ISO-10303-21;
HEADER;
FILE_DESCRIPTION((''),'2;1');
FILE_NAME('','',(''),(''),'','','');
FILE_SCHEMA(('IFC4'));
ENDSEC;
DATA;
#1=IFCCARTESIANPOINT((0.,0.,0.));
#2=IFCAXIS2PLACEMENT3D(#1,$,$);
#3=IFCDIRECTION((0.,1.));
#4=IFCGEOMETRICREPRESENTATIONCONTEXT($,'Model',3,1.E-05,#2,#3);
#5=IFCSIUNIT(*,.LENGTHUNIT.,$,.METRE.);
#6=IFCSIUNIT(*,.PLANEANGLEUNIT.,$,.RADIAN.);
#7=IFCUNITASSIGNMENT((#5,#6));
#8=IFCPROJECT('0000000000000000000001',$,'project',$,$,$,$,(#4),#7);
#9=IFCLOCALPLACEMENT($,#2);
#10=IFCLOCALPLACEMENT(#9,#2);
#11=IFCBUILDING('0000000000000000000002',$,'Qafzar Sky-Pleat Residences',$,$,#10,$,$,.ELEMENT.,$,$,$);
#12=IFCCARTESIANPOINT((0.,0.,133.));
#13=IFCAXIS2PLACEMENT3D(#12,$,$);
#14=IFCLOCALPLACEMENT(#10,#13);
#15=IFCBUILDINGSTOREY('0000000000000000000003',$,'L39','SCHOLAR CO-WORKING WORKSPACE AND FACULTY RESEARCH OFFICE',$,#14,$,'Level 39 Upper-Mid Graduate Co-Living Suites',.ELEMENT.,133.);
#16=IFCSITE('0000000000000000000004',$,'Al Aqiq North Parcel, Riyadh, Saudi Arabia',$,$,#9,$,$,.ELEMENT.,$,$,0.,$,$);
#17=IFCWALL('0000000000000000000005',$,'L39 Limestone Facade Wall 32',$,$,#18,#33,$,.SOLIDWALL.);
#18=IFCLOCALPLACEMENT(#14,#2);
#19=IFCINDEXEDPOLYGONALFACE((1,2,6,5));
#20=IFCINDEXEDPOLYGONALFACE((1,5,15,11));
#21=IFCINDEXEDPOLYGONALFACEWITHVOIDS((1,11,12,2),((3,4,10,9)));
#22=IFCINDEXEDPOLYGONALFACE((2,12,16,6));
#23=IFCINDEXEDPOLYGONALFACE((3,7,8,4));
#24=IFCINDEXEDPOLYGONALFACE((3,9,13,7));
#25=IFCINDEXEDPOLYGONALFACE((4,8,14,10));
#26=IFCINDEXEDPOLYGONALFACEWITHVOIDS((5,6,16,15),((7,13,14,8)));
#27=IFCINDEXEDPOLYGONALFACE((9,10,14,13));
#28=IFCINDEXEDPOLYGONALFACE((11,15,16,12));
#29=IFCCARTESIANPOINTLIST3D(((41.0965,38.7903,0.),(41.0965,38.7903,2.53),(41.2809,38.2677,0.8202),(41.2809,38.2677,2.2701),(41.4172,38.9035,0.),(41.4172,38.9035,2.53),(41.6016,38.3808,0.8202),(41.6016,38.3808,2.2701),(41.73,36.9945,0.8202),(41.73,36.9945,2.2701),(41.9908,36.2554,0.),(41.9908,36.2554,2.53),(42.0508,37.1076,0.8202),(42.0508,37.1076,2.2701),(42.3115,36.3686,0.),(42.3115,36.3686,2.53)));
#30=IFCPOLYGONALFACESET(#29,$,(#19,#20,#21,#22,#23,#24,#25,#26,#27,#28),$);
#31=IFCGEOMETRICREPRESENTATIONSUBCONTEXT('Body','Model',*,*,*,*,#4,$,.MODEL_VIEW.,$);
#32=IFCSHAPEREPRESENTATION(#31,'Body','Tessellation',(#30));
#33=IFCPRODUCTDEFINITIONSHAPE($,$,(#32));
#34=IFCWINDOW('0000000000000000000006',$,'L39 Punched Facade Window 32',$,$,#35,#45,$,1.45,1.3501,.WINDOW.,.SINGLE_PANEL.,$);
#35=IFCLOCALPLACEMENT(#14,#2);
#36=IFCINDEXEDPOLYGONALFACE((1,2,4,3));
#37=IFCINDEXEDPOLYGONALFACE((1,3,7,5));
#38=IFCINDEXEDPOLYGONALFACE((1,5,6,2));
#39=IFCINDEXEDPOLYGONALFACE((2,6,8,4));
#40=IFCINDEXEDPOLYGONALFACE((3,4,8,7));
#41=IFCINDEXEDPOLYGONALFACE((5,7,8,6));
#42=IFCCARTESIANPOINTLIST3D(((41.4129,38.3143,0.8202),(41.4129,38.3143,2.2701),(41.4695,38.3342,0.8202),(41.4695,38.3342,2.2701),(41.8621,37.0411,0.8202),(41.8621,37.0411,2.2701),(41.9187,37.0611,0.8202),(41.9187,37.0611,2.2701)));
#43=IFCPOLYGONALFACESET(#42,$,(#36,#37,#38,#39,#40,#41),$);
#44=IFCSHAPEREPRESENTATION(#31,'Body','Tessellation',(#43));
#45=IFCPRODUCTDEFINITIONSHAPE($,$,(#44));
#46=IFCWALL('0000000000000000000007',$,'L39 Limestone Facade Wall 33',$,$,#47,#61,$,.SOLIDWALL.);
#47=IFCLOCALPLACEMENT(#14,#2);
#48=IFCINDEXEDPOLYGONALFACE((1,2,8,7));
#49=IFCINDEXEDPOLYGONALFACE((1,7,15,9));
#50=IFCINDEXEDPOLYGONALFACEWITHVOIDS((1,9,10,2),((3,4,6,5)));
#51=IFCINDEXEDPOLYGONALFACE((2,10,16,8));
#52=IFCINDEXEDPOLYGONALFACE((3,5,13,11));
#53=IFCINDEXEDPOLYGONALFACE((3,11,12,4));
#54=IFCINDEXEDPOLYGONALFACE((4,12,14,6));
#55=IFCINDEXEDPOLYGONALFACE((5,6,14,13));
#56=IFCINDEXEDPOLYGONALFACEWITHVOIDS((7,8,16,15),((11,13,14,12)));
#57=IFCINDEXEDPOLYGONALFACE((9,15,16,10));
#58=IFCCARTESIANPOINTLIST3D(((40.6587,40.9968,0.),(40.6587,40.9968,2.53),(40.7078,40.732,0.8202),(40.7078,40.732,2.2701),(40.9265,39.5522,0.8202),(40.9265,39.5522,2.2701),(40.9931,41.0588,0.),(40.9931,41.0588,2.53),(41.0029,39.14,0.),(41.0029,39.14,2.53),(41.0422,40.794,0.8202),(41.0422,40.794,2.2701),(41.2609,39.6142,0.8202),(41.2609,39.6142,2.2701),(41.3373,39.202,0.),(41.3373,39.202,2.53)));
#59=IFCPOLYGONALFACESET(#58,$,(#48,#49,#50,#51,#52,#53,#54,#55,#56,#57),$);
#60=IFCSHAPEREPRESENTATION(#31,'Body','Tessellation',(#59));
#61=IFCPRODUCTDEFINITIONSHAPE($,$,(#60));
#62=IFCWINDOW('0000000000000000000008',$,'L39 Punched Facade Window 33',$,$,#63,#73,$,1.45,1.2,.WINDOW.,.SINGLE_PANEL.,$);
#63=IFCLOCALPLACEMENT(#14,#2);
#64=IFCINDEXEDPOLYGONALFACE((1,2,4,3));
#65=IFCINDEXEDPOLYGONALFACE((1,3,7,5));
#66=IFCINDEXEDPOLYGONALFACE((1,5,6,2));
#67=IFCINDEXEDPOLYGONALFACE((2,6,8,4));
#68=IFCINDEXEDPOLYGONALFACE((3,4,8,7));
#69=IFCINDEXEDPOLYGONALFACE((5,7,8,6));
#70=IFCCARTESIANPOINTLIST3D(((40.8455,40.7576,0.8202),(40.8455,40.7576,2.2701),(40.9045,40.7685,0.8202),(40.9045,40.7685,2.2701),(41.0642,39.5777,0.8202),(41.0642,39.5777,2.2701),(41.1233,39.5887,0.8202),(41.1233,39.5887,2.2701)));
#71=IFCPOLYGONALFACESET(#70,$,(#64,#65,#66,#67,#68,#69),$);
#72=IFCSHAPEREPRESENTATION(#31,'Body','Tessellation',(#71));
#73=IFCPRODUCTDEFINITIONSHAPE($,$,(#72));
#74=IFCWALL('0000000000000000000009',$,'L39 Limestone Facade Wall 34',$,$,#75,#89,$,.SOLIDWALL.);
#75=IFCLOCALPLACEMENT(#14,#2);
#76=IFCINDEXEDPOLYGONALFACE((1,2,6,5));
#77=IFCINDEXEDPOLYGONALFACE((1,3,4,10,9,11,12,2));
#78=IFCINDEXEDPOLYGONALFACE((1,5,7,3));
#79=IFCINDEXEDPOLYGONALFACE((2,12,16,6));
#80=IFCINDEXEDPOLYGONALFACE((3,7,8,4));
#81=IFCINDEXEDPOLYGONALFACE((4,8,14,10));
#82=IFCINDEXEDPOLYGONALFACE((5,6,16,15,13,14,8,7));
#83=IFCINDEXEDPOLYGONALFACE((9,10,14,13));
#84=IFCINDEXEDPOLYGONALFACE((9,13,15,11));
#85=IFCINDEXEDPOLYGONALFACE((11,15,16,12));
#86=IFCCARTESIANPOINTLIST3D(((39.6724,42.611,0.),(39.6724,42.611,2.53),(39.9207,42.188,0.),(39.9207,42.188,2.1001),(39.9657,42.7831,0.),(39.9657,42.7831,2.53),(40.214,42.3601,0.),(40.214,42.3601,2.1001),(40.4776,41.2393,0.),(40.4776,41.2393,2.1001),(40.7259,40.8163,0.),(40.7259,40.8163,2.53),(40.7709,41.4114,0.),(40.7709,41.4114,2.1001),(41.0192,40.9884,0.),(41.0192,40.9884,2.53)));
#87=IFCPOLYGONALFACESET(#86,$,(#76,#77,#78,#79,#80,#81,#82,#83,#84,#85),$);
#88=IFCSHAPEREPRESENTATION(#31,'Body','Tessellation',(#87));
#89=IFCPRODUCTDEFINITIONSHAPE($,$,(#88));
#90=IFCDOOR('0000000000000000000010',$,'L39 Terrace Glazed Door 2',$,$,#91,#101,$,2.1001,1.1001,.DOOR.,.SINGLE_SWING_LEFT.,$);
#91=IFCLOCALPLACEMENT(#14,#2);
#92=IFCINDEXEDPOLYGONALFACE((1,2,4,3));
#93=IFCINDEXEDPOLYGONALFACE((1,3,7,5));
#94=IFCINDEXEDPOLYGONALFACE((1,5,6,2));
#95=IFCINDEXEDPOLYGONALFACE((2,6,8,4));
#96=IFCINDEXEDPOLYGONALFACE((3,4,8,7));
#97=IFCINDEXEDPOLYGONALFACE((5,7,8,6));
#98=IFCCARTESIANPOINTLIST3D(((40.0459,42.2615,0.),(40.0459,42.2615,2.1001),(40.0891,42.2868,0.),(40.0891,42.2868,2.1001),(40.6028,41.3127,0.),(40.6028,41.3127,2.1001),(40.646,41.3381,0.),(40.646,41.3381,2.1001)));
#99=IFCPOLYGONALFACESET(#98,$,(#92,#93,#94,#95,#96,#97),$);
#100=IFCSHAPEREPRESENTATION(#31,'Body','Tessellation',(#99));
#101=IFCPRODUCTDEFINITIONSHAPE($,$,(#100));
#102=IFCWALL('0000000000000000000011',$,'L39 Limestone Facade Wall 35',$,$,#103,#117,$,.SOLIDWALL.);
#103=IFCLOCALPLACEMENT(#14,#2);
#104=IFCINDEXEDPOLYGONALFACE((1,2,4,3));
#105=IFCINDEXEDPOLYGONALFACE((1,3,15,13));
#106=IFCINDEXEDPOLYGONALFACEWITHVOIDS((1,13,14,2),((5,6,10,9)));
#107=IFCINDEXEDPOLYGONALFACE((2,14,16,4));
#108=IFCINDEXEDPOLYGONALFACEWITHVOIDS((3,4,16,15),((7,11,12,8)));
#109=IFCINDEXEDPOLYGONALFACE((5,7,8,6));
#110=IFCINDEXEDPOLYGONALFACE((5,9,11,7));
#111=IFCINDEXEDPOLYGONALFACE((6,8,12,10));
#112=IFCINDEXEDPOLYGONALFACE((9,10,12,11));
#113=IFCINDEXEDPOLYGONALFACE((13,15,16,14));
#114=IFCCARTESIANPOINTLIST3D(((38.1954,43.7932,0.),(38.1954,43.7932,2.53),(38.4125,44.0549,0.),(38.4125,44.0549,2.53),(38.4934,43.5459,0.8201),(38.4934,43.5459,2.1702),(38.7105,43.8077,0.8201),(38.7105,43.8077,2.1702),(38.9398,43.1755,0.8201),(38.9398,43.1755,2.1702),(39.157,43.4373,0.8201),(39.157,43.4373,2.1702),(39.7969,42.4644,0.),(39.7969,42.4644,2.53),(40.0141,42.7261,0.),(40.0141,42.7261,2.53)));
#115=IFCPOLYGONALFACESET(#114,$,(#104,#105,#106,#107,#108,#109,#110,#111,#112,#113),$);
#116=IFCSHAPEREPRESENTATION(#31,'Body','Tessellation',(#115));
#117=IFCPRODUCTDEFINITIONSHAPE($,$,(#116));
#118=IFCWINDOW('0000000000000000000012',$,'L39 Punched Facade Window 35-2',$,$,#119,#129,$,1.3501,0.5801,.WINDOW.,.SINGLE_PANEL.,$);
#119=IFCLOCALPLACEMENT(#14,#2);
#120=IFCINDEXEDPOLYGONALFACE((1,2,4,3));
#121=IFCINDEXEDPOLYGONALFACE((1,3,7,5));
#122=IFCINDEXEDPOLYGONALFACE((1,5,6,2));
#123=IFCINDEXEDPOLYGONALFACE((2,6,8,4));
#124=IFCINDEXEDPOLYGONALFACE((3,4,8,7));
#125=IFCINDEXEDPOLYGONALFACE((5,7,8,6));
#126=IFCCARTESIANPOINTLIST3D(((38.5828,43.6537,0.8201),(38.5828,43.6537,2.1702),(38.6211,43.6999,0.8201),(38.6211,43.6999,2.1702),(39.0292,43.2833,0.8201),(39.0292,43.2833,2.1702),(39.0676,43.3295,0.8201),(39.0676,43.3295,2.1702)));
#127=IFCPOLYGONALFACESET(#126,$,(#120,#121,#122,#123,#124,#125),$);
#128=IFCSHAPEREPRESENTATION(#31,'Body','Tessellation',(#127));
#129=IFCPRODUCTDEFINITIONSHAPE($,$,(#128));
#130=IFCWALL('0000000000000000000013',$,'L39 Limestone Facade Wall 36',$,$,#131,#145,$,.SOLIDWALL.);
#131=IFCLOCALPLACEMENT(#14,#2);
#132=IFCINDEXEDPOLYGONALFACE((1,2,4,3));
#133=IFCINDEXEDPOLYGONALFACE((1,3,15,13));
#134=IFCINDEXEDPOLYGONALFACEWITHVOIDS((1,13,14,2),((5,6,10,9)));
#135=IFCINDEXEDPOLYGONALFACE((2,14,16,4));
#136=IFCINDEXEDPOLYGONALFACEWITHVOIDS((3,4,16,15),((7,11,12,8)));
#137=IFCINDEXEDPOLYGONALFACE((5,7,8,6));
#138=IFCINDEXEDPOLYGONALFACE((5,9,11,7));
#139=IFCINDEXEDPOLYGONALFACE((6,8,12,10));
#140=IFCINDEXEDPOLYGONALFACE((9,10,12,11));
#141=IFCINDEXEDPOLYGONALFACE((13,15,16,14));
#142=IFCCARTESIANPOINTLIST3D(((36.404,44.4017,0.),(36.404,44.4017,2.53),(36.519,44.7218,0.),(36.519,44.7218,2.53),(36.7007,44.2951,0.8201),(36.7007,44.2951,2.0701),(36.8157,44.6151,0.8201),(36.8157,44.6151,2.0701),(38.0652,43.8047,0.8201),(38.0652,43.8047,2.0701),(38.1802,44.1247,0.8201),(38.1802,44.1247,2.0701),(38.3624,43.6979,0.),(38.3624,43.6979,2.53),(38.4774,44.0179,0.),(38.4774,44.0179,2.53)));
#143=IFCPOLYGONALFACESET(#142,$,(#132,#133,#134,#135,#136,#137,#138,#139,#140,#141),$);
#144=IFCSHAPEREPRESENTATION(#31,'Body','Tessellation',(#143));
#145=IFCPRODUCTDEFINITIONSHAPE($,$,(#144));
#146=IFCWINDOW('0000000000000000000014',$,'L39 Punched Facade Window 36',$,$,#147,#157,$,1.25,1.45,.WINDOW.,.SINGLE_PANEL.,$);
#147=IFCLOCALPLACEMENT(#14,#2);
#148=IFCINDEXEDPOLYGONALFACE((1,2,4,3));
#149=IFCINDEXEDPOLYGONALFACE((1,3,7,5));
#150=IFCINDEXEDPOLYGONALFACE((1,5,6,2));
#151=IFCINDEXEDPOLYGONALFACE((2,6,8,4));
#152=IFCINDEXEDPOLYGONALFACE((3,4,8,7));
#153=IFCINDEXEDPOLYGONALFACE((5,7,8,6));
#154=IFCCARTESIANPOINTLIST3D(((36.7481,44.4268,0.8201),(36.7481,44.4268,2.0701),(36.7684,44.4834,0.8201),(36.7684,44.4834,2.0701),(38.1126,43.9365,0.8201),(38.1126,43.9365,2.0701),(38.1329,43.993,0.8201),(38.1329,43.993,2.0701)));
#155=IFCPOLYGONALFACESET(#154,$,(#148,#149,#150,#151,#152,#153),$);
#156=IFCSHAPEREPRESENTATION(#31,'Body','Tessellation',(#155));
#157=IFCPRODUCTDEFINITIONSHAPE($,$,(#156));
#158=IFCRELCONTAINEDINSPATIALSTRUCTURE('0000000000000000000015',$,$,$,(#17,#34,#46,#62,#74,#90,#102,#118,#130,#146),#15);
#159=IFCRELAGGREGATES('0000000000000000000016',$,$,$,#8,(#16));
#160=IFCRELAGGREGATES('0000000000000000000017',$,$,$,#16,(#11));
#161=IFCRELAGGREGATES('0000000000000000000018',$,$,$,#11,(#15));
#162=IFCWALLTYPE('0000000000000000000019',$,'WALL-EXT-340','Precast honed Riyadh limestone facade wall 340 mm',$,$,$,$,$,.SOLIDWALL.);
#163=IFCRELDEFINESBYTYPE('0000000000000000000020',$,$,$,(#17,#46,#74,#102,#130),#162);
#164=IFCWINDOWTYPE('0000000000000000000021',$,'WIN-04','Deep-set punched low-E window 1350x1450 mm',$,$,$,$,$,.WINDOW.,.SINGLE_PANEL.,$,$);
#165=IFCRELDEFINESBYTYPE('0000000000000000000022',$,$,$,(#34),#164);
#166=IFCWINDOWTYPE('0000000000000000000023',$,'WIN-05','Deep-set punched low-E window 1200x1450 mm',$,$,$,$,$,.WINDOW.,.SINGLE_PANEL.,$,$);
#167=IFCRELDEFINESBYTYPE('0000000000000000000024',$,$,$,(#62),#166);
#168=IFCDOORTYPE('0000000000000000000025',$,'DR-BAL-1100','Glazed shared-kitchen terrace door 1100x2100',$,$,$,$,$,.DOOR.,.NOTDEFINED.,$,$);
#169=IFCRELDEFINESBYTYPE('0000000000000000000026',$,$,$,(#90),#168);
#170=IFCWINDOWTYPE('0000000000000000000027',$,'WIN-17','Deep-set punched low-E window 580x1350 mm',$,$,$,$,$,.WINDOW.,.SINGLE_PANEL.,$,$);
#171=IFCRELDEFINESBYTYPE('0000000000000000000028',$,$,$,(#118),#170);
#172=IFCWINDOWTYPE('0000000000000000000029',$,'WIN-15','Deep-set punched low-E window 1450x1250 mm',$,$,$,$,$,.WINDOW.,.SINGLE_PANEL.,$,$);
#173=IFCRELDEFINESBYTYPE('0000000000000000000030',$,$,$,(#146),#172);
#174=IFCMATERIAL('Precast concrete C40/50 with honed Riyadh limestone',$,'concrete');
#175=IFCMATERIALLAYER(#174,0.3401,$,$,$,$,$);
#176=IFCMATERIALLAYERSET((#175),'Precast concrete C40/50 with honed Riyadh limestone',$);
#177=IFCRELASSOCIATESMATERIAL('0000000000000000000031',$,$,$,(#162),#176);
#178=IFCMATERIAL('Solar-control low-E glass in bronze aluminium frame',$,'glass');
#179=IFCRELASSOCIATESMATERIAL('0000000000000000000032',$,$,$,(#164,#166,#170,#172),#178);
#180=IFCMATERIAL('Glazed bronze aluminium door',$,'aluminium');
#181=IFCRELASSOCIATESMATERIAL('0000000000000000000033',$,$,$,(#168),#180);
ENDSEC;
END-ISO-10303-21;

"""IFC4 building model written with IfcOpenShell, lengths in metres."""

from ifc_helpers import new_model, si_unit, direction, frame, frame_2d, origin, place, context, subcontext, project, spatial, rectangle, extrude, source, transform, mapped, material, layer, layer_set, type_object, element, fill, save


model = new_model("IFC4")

# Units and contexts
model_context = context("Model", 3, precision=1e-05, world=origin(), true_north=direction((0.0, 1.0)))
body_context = subcontext(model_context, "Body", "Model", "MODEL_VIEW")
ifc_project = project(units=[si_unit("LENGTHUNIT", "METRE"), si_unit("PLANEANGLEUNIT", "RADIAN")], contexts=[model_context])

# Site, building, storey
site_placement = place(None, origin())
site = spatial("IfcSite", under=ifc_project, at=site_placement, Name="Al Aqiq North Parcel, Riyadh, Saudi Arabia", CompositionType="ELEMENT", RefElevation=0.0)
building_placement = place(site_placement, origin())
building = spatial("IfcBuilding", under=site, at=building_placement, Name="Qafzar Sky-Pleat Residences", CompositionType="ELEMENT")
storey_placement = place(building_placement, frame((0.0, 0.0, 133.0)))
storey = spatial("IfcBuildingStorey", under=building, at=storey_placement, Name="L39", Description="SCHOLAR CO-WORKING WORKSPACE AND FACULTY RESEARCH OFFICE", LongName="Level 39 Upper-Mid Graduate Co-Living Suites", CompositionType="ELEMENT", Elevation=133.0)

# Walls, openings, windows
ifc_material_1 = material(Name="Precast concrete C40/50 with honed Riyadh limestone", Category="concrete")
ifc_layer_1 = layer(ifc_material_1, 0.3401)
ifc_layer_set_1 = layer_set([ifc_layer_1], Name="Precast concrete C40/50 with honed Riyadh limestone")
wall_type_1 = type_object("IfcWallType", Name="WALL-EXT-340", Description="Precast honed Riyadh limestone facade wall 340 mm", PredefinedType="SOLIDWALL", material=ifc_layer_set_1)
wall_1_placement = place(storey_placement, frame((42.1511, 36.312, 0.0), z_axis=(0.0, 0.0, 1.0), x_axis=(-0.332692, 0.943036, 0.0)))
wall_1 = element("IfcWall", 1, at=wall_1_placement, inside=storey, type_object=wall_type_1, Name="L39 Limestone Facade Wall 32", PredefinedType="SOLIDWALL", context=body_context, shape_type="SweptSolid", body=[
    extrude(rectangle(XDim=2.688, YDim=0.3401, at=frame_2d((1.344, 0.0))), origin(), (0.0, 0.0, 1.0), 2.53),
])
opening_1_placement = place(wall_1_placement, frame((0.7837, 0.0, 0.8201)))
opening_1 = element("IfcOpeningElement", 2, at=opening_1_placement, cuts=wall_1, PredefinedType="OPENING", context=body_context, shape_type="SweptSolid", body=[
    extrude(rectangle(XDim=1.3501, YDim=1.45, at=frame_2d((0.675, 0.7251))), frame((0.0, 0.1802, 0.0), z_axis=(0.0, -1.0, 0.0), x_axis=(1.0, 0.0, 0.0)), (0.0, 0.0, 1.0), 0.3601),
])
ifc_material_2 = material(Name="Solar-control low-E glass in bronze aluminium frame", Category="glass")
window_type_1 = type_object("IfcWindowType", Name="WIN-04", Description="Deep-set punched low-E window 1350x1450 mm", PartitioningType="SINGLE_PANEL", PredefinedType="WINDOW", material=ifc_material_2)
shared_shape_1 = source(origin(), body_context, "Body", "SweptSolid", [
    extrude(rectangle(XDim=1.3501, YDim=1.45, at=frame_2d((0.675, 0.7251))), frame((0.0, 0.03, 0.0), z_axis=(0.0, -1.0, 0.0), x_axis=(1.0, 0.0, 0.0)), (0.0, 0.0, 1.0), 0.0601),
])
window_1_placement = place(opening_1_placement, origin())
window_1 = element("IfcWindow", 3, at=window_1_placement, inside=storey, type_object=window_type_1, Name="L39 Punched Facade Window 32", OverallHeight=1.45, OverallWidth=1.3501, PartitioningType="SINGLE_PANEL", PredefinedType="WINDOW", context=body_context, shape_type="MappedRepresentation", body=[
    mapped(shared_shape_1, transform((0.0, 0.0, 0.0), x_axis=(1.0, 0.0, 0.0), y_axis=(0.0, 1.0, 0.0), z_axis=(0.0, 0.0, 1.0), scale=1.0)),
])
fill(opening_1, window_1)
wall_2_placement = place(storey_placement, frame((41.1702, 39.1709, 0.0), z_axis=(0.0, 0.0, 1.0), x_axis=(-0.182298, 0.983243, 0.0)))
wall_2 = element("IfcWall", 4, at=wall_2_placement, inside=storey, type_object=wall_type_1, Name="L39 Limestone Facade Wall 33", PredefinedType="SOLIDWALL", context=body_context, shape_type="SweptSolid", body=[
    extrude(rectangle(XDim=1.8884, YDim=0.3401, at=frame_2d((0.9443, 0.0))), origin(), (0.0, 0.0, 1.0), 2.53),
])
opening_2_placement = place(wall_2_placement, frame((0.4192, 0.0, 0.8201)))
opening_2 = element("IfcOpeningElement", 5, at=opening_2_placement, cuts=wall_2, PredefinedType="OPENING", context=body_context, shape_type="SweptSolid", body=[
    extrude(rectangle(XDim=1.2, YDim=1.45, at=frame_2d((0.6001, 0.7251))), frame((0.0, 0.1802, 0.0), z_axis=(0.0, -1.0, 0.0), x_axis=(1.0, 0.0, 0.0)), (0.0, 0.0, 1.0), 0.3601),
])
window_type_2 = type_object("IfcWindowType", Name="WIN-05", Description="Deep-set punched low-E window 1200x1450 mm", PartitioningType="SINGLE_PANEL", PredefinedType="WINDOW", material=ifc_material_2)
shared_shape_2 = source(origin(), body_context, "Body", "SweptSolid", [
    extrude(rectangle(XDim=1.2, YDim=1.45, at=frame_2d((0.6001, 0.7251))), frame((0.0, 0.03, 0.0), z_axis=(0.0, -1.0, 0.0), x_axis=(1.0, 0.0, 0.0)), (0.0, 0.0, 1.0), 0.0601),
])
window_2_placement = place(opening_2_placement, origin())
window_2 = element("IfcWindow", 6, at=window_2_placement, inside=storey, type_object=window_type_2, Name="L39 Punched Facade Window 33", OverallHeight=1.45, OverallWidth=1.2, PartitioningType="SINGLE_PANEL", PredefinedType="WINDOW", context=body_context, shape_type="MappedRepresentation", body=[
    mapped(shared_shape_2, transform((0.0, 0.0, 0.0), x_axis=(1.0, 0.0, 0.0), y_axis=(0.0, 1.0, 0.0), z_axis=(0.0, 0.0, 1.0), scale=1.0)),
])
fill(opening_2, window_2)

# Wall, opening, door
wall_3_placement = place(storey_placement, frame((40.8726, 40.9023, 0.0), z_axis=(0.0, 0.0, 1.0), x_axis=(-0.506225, 0.862401, 0.0)))
wall_3 = element("IfcWall", 7, at=wall_3_placement, inside=storey, type_object=wall_type_1, Name="L39 Limestone Facade Wall 34", PredefinedType="SOLIDWALL", context=body_context, shape_type="SweptSolid", body=[
    extrude(rectangle(XDim=2.0811, YDim=0.3401, at=frame_2d((1.0405, 0.0))), origin(), (0.0, 0.0, 1.0), 2.53),
])
opening_3_placement = place(wall_3_placement, frame((0.4905, 0.0, 0.0)))
opening_3 = element("IfcOpeningElement", 8, at=opening_3_placement, cuts=wall_3, PredefinedType="OPENING", context=body_context, shape_type="SweptSolid", body=[
    extrude(rectangle(XDim=1.1001, YDim=2.1001, at=frame_2d((0.55, 1.05))), frame((0.0, 0.1802, 0.0), z_axis=(0.0, -1.0, 0.0), x_axis=(1.0, 0.0, 0.0)), (0.0, 0.0, 1.0), 0.3601),
])
ifc_material_3 = material(Name="Glazed bronze aluminium door", Category="aluminium")
door_type = type_object("IfcDoorType", Name="DR-BAL-1100", Description="Glazed shared-kitchen terrace door 1100x2100", OperationType="NOTDEFINED", PredefinedType="DOOR", material=ifc_material_3)
shared_shape_3 = source(origin(), body_context, "Body", "SweptSolid", [
    extrude(rectangle(XDim=1.1001, YDim=2.1001, at=frame_2d((0.55, 1.05))), frame((0.0, 0.0249, 0.0), z_axis=(0.0, -1.0, 0.0), x_axis=(1.0, 0.0, 0.0)), (0.0, 0.0, 1.0), 0.05),
])
door_placement = place(opening_3_placement, origin())
door = element("IfcDoor", 9, at=door_placement, inside=storey, type_object=door_type, Name="L39 Terrace Glazed Door 2", OperationType="SINGLE_SWING_LEFT", OverallHeight=2.1001, OverallWidth=1.1001, PredefinedType="DOOR", context=body_context, shape_type="MappedRepresentation", body=[
    mapped(shared_shape_3, transform((0.0, 0.0, 0.0), x_axis=(1.0, 0.0, 0.0), y_axis=(0.0, 1.0, 0.0), z_axis=(0.0, 0.0, 1.0), scale=1.0)),
])
fill(opening_3, door)

# Walls, openings, windows
wall_4_placement = place(storey_placement, frame((39.9055, 42.5952, 0.0), z_axis=(0.0, 0.0, 1.0), x_axis=(-0.769585, 0.638544, 0.0)))
wall_4 = element("IfcWall", 10, at=wall_4_placement, inside=storey, type_object=wall_type_1, Name="L39 Limestone Facade Wall 35", PredefinedType="SOLIDWALL", context=body_context, shape_type="SweptSolid", body=[
    extrude(rectangle(XDim=2.0811, YDim=0.3401, at=frame_2d((1.0405, 0.0))), origin(), (0.0, 0.0, 1.0), 2.53),
])
opening_4_placement = place(wall_4_placement, frame((1.1138, 0.0, 0.8201)))
opening_4 = element("IfcOpeningElement", 11, at=opening_4_placement, cuts=wall_4, PredefinedType="OPENING", context=body_context, shape_type="SweptSolid", body=[
    extrude(rectangle(XDim=0.5801, YDim=1.3501, at=frame_2d((0.29, 0.675))), frame((0.0, 0.1802, 0.0), z_axis=(0.0, -1.0, 0.0), x_axis=(1.0, 0.0, 0.0)), (0.0, 0.0, 1.0), 0.3601),
])
window_type_3 = type_object("IfcWindowType", Name="WIN-17", Description="Deep-set punched low-E window 580x1350 mm", PartitioningType="SINGLE_PANEL", PredefinedType="WINDOW", material=ifc_material_2)
shared_shape_4 = source(origin(), body_context, "Body", "SweptSolid", [
    extrude(rectangle(XDim=0.5801, YDim=1.3501, at=frame_2d((0.29, 0.675))), frame((0.0, 0.03, 0.0), z_axis=(0.0, -1.0, 0.0), x_axis=(1.0, 0.0, 0.0)), (0.0, 0.0, 1.0), 0.0601),
])
window_3_placement = place(opening_4_placement, origin())
window_3 = element("IfcWindow", 12, at=window_3_placement, inside=storey, type_object=window_type_3, Name="L39 Punched Facade Window 35-2", OverallHeight=1.3501, OverallWidth=0.5801, PartitioningType="SINGLE_PANEL", PredefinedType="WINDOW", context=body_context, shape_type="MappedRepresentation", body=[
    mapped(shared_shape_4, transform((0.0, 0.0, 0.0), x_axis=(1.0, 0.0, 0.0), y_axis=(0.0, 1.0, 0.0), z_axis=(0.0, 0.0, 1.0), scale=1.0)),
])
fill(opening_4, window_3)
wall_5_placement = place(storey_placement, frame((38.4199, 43.8579, 0.0), z_axis=(0.0, 0.0, 1.0), x_axis=(-0.941071, 0.338208, 0.0)))
wall_5 = element("IfcWall", 13, at=wall_5_placement, inside=storey, type_object=wall_type_1, Name="L39 Limestone Facade Wall 36", PredefinedType="SOLIDWALL", context=body_context, shape_type="SweptSolid", body=[
    extrude(rectangle(XDim=2.0811, YDim=0.3401, at=frame_2d((1.0405, 0.0))), origin(), (0.0, 0.0, 1.0), 2.53),
])
opening_5_placement = place(wall_5_placement, frame((0.3157, 0.0, 0.8201)))
opening_5 = element("IfcOpeningElement", 14, at=opening_5_placement, cuts=wall_5, PredefinedType="OPENING", context=body_context, shape_type="SweptSolid", body=[
    extrude(rectangle(XDim=1.45, YDim=1.25, at=frame_2d((0.7251, 0.625))), frame((0.0, 0.1802, 0.0), z_axis=(0.0, -1.0, 0.0), x_axis=(1.0, 0.0, 0.0)), (0.0, 0.0, 1.0), 0.3601),
])
window_type_4 = type_object("IfcWindowType", Name="WIN-15", Description="Deep-set punched low-E window 1450x1250 mm", PartitioningType="SINGLE_PANEL", PredefinedType="WINDOW", material=ifc_material_2)
shared_shape_5 = source(origin(), body_context, "Body", "SweptSolid", [
    extrude(rectangle(XDim=1.45, YDim=1.25, at=frame_2d((0.7251, 0.625))), frame((0.0, 0.03, 0.0), z_axis=(0.0, -1.0, 0.0), x_axis=(1.0, 0.0, 0.0)), (0.0, 0.0, 1.0), 0.0601),
])
window_4_placement = place(opening_5_placement, origin())
window_4 = element("IfcWindow", 15, at=window_4_placement, inside=storey, type_object=window_type_4, Name="L39 Punched Facade Window 36", OverallHeight=1.25, OverallWidth=1.45, PartitioningType="SINGLE_PANEL", PredefinedType="WINDOW", context=body_context, shape_type="MappedRepresentation", body=[
    mapped(shared_shape_5, transform((0.0, 0.0, 0.0), x_axis=(1.0, 0.0, 0.0), y_axis=(0.0, 1.0, 0.0), z_axis=(0.0, 0.0, 1.0), scale=1.0)),
])
fill(opening_5, window_4)

save(model, "model.ifc")
